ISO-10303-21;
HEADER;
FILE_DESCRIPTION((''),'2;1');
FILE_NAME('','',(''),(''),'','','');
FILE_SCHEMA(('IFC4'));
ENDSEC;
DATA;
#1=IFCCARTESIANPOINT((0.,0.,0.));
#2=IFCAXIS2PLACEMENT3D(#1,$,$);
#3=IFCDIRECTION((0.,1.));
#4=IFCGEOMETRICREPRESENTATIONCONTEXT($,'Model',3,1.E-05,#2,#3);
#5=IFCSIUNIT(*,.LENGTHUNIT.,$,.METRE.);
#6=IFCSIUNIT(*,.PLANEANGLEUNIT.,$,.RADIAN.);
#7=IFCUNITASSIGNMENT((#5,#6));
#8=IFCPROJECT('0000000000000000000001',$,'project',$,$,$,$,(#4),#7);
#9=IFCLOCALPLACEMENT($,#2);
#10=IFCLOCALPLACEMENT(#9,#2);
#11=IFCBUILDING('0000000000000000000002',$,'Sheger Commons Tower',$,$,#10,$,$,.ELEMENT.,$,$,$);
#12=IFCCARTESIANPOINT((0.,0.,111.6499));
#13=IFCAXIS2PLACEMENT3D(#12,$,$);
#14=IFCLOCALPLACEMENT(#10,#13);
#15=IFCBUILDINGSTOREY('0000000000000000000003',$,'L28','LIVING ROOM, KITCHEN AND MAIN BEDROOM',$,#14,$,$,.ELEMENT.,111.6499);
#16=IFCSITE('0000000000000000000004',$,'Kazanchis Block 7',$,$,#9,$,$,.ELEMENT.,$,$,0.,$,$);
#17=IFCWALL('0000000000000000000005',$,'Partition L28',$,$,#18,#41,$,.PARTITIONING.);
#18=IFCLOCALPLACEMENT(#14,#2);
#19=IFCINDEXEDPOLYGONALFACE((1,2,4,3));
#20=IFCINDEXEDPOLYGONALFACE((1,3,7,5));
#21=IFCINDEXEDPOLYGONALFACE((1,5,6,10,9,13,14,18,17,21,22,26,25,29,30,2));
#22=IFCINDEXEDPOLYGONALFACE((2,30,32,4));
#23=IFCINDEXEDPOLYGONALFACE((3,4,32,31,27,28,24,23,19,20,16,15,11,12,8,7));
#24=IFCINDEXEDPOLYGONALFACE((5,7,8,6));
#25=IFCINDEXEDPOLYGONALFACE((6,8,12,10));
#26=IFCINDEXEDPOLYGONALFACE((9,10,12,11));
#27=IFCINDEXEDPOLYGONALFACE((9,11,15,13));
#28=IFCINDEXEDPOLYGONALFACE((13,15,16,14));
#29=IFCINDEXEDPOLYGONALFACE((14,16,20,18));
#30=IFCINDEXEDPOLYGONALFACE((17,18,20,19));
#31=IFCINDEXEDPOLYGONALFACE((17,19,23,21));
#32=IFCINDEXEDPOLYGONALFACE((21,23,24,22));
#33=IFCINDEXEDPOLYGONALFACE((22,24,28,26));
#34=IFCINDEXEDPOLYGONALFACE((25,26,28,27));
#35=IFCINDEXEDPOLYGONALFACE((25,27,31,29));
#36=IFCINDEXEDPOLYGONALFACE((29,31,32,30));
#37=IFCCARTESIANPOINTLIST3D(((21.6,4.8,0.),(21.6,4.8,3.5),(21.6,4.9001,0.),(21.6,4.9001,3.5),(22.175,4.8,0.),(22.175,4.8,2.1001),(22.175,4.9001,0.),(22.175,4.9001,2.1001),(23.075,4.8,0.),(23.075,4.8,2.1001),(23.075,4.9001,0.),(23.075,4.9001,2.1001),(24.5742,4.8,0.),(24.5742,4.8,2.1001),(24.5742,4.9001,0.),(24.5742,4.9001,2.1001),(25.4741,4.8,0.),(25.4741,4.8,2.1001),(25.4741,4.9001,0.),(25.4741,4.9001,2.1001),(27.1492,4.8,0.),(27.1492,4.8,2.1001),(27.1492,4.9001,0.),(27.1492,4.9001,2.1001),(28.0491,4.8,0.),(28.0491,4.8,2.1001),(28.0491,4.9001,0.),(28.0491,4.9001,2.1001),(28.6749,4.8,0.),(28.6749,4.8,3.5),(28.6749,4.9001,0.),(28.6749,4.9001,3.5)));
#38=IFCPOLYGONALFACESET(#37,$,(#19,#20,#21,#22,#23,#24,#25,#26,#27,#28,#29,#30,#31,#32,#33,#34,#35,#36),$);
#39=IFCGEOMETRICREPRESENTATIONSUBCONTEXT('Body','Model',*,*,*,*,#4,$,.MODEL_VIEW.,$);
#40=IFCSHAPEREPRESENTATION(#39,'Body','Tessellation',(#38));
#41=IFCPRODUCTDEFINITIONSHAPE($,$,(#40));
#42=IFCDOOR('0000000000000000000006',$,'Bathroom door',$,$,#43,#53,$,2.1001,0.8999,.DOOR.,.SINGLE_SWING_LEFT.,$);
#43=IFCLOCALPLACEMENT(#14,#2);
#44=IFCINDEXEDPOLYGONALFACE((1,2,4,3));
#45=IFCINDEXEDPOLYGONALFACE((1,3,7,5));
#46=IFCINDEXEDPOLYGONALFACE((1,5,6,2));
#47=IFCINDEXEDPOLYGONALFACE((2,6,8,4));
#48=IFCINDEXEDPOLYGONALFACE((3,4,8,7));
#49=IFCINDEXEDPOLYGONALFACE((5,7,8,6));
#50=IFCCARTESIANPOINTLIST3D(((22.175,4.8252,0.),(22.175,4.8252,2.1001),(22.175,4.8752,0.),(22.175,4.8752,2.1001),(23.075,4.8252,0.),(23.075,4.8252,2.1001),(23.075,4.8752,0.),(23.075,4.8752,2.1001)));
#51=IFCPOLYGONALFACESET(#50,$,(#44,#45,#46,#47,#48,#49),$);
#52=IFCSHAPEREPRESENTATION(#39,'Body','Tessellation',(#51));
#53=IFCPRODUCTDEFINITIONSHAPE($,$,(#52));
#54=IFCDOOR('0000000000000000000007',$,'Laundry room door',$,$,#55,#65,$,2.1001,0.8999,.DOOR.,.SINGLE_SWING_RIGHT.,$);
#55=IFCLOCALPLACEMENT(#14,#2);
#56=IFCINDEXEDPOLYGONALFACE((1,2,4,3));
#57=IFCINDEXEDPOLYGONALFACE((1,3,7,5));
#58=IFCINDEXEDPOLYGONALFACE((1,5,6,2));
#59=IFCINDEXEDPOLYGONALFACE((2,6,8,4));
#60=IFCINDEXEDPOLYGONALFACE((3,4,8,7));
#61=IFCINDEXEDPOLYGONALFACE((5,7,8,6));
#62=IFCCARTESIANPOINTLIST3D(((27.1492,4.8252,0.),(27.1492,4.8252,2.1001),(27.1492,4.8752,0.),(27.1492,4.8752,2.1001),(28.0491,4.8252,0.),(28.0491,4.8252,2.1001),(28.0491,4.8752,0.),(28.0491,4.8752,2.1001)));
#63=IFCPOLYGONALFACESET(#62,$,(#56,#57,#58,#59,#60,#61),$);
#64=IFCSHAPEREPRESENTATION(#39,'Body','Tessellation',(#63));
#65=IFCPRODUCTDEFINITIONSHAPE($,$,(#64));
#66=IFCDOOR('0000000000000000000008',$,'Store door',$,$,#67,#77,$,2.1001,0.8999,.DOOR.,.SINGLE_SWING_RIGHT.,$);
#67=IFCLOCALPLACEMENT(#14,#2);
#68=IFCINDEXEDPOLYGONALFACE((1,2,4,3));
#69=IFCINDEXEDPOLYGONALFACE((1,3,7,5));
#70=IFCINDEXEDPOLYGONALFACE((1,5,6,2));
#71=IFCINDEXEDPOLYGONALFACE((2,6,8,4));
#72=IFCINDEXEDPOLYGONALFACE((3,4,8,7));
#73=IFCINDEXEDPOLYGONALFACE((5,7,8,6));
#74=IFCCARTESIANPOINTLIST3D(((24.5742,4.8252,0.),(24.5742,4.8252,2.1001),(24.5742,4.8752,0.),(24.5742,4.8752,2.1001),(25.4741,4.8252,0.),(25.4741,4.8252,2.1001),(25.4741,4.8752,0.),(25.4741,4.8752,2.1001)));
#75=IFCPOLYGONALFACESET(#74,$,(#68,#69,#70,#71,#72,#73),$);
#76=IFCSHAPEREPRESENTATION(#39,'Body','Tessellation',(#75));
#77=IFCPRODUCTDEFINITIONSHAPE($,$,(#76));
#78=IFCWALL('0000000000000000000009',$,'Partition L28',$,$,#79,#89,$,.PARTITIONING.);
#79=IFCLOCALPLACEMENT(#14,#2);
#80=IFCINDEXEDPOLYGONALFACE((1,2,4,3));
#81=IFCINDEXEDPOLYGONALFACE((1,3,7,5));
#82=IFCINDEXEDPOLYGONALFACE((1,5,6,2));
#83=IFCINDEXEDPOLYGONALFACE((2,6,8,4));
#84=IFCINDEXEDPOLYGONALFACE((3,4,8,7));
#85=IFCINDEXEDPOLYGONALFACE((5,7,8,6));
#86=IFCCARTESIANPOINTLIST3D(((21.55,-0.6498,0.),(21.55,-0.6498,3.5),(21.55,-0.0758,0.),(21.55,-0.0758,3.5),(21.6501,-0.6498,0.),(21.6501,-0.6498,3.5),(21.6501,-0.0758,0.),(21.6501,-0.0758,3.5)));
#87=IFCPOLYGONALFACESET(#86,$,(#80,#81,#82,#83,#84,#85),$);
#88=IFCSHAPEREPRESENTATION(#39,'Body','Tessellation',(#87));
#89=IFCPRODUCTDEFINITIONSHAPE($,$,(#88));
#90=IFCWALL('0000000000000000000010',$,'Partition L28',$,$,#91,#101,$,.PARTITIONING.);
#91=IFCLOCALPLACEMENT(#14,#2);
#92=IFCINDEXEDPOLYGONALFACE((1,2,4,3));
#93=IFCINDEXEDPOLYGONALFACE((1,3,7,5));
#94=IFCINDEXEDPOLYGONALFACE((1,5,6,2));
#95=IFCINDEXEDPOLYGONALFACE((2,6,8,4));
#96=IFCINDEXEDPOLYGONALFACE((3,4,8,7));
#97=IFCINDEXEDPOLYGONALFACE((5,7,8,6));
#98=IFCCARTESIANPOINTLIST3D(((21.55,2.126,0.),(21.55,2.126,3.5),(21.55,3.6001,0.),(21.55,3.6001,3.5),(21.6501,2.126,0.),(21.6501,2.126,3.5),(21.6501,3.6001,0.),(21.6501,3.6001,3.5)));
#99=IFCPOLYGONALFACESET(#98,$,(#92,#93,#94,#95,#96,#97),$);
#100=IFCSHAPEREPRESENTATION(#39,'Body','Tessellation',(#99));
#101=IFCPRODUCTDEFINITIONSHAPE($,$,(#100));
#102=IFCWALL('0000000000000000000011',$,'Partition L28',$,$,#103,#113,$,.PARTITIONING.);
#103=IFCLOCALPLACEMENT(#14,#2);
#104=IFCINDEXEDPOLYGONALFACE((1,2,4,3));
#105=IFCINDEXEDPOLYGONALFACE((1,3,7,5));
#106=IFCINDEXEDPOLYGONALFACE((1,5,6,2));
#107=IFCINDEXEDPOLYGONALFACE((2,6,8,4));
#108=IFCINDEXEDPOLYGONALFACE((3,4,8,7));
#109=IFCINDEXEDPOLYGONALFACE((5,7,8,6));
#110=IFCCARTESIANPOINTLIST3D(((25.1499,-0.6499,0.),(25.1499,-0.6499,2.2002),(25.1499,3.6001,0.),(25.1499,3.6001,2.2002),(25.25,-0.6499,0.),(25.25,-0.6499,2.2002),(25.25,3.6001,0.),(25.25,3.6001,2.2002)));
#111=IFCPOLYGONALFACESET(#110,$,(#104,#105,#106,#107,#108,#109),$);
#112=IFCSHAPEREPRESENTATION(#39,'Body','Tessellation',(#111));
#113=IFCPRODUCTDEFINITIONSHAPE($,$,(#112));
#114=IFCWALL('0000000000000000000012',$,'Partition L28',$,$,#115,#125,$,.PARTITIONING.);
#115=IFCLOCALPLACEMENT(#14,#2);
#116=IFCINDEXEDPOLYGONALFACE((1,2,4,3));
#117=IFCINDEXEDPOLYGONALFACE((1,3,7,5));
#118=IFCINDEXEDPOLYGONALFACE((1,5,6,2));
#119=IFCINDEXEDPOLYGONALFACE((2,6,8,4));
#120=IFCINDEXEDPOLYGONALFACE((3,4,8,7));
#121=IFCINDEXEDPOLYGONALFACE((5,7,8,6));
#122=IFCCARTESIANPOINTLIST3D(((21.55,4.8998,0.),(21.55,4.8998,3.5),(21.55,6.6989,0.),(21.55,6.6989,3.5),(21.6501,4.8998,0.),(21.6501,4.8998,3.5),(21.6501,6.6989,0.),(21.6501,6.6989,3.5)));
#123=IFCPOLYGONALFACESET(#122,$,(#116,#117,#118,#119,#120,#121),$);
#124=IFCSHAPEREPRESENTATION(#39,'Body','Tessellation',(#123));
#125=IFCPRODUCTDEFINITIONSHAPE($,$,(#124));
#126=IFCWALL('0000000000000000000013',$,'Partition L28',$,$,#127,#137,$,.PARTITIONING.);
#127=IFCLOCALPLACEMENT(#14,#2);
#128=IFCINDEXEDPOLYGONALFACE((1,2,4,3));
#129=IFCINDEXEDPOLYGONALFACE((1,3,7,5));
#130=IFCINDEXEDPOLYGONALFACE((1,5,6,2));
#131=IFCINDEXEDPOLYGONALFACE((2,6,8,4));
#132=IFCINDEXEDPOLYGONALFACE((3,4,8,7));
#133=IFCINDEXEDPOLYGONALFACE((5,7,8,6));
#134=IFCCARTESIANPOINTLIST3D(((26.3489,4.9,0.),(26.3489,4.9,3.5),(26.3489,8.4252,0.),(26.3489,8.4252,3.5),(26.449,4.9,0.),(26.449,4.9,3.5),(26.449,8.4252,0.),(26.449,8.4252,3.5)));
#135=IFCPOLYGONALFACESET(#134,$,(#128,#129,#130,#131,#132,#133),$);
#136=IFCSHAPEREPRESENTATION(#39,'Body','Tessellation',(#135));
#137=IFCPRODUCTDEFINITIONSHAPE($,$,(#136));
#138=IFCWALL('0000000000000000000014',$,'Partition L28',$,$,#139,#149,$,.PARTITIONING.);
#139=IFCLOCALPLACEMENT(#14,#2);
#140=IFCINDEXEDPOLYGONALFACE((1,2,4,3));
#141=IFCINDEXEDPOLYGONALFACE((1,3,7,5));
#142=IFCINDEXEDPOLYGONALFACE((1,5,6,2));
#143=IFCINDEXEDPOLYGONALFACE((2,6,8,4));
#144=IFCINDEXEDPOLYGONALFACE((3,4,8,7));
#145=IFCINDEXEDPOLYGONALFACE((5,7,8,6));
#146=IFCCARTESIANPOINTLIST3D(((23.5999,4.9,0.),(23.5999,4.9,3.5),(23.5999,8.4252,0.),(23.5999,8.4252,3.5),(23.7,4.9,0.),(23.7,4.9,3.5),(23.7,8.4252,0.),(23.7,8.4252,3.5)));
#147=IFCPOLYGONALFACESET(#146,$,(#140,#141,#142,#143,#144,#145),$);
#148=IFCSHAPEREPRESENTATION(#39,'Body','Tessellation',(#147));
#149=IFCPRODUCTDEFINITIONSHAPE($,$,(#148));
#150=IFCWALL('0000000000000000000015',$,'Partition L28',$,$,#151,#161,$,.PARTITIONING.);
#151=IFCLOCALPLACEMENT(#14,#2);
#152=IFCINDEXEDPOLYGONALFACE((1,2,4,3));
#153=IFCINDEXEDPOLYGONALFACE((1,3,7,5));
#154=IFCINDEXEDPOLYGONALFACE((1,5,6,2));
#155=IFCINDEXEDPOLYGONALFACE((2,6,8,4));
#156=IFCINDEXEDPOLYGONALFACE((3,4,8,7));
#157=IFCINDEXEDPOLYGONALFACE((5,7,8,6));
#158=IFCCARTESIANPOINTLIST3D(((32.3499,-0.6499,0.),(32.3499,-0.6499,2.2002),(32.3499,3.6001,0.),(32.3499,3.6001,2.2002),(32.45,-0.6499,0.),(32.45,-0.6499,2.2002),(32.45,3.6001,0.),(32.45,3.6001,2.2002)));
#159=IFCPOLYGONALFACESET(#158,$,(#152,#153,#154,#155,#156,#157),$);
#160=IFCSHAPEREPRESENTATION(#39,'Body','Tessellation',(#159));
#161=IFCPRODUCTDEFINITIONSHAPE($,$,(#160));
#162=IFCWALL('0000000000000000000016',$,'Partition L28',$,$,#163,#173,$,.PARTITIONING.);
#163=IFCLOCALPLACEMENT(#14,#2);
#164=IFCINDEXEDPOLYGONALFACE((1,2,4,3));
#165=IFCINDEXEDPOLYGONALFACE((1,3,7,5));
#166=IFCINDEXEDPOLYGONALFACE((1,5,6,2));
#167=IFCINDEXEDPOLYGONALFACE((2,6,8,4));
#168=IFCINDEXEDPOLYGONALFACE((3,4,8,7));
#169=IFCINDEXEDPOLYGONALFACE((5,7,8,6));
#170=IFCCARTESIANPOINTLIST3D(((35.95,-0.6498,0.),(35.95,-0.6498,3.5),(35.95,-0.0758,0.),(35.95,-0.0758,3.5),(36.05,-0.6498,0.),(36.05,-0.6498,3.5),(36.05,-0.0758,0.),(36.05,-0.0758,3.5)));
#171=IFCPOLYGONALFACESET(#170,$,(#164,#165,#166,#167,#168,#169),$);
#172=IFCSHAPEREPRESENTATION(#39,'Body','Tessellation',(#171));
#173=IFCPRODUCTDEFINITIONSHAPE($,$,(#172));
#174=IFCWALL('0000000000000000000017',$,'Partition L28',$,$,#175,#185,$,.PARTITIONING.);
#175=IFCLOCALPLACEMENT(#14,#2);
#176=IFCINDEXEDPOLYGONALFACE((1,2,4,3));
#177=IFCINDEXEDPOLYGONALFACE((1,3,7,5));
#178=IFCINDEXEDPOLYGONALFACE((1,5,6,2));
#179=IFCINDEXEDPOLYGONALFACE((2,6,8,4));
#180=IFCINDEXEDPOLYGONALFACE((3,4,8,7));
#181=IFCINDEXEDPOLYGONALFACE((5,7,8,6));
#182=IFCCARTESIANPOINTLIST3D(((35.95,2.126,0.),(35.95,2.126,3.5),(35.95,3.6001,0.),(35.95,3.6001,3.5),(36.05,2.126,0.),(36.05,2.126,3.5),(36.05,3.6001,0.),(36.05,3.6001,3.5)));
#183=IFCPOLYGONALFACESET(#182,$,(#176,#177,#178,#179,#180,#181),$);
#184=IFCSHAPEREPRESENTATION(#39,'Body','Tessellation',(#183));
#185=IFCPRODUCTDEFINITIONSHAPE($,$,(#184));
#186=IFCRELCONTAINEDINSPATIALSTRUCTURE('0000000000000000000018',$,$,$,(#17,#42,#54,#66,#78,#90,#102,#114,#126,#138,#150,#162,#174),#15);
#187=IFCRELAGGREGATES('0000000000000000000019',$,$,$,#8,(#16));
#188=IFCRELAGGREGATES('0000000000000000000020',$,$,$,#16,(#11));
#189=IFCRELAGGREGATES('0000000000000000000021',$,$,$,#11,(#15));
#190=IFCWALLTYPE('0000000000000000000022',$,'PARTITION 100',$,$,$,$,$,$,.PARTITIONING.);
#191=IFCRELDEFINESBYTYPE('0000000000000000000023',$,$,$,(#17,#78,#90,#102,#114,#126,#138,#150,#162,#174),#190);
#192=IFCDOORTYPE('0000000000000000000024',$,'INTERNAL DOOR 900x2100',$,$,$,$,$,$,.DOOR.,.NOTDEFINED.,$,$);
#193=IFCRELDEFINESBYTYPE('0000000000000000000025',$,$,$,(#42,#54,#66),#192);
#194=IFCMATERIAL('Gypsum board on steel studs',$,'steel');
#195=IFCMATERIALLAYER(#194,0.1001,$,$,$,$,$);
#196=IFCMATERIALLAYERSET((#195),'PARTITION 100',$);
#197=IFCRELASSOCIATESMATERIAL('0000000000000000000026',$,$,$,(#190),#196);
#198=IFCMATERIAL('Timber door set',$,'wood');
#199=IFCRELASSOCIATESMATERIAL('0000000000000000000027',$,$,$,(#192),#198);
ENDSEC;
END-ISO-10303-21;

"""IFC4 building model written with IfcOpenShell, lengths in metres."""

from ifc_helpers import new_model, si_unit, direction, frame, frame_2d, origin, place, context, subcontext, project, spatial, rectangle, extrude, material, layer, layer_set, type_object, element, fill, save


model = new_model("IFC4")

# Units and contexts
model_context = context("Model", 3, precision=1e-05, world=origin(), true_north=direction((0.0, 1.0)))
body_context = subcontext(model_context, "Body", "Model", "MODEL_VIEW")
ifc_project = project(units=[si_unit("LENGTHUNIT", "METRE"), si_unit("PLANEANGLEUNIT", "RADIAN")], contexts=[model_context])

# Site, building, storey
site_placement = place(None, origin())
site = spatial("IfcSite", under=ifc_project, at=site_placement, Name="Kazanchis Block 7", CompositionType="ELEMENT", RefElevation=0.0)
building_placement = place(site_placement, origin())
building = spatial("IfcBuilding", under=site, at=building_placement, Name="Sheger Commons Tower", CompositionType="ELEMENT")
storey_placement = place(building_placement, frame((0.0, 0.0, 111.6499)))
storey = spatial("IfcBuildingStorey", under=building, at=storey_placement, Name="L28", Description="LIVING ROOM, KITCHEN AND MAIN BEDROOM", CompositionType="ELEMENT", Elevation=111.6499)

# Wall, openings, doors
ifc_material_1 = material(Name="Gypsum board on steel studs", Category="steel")
ifc_layer_1 = layer(ifc_material_1, 0.1001)
ifc_layer_set_1 = layer_set([ifc_layer_1], Name="PARTITION 100")
wall_type_1 = type_object("IfcWallType", Name="PARTITION 100", PredefinedType="PARTITIONING", material=ifc_layer_set_1)
ifc_material_2 = material(Name="Timber door set", Category="wood")
door_type = type_object("IfcDoorType", Name="INTERNAL DOOR 900x2100", OperationType="NOTDEFINED", PredefinedType="DOOR", material=ifc_material_2)
wall_1_placement = place(storey_placement, frame((28.675, 4.8501, 0.0), z_axis=(0.0, 0.0, 1.0), x_axis=(-1.0, 0.0, 0.0)))
wall_1 = element("IfcWall", 1, at=wall_1_placement, inside=storey, type_object=wall_type_1, Name="Partition L28", PredefinedType="PARTITIONING", context=body_context, shape_type="SweptSolid", body=[
    extrude(rectangle(XDim=7.075, YDim=0.1001, at=frame_2d((3.5376, 0.0))), origin(), (0.0, 0.0, 1.0), 3.5),
])
opening_1_placement = place(wall_1_placement, frame((5.6001, 0.0, 0.0)))
opening_1 = element("IfcOpeningElement", 2, at=opening_1_placement, cuts=wall_1, PredefinedType="OPENING", context=body_context, shape_type="SweptSolid", body=[
    extrude(rectangle(XDim=0.8999, YDim=2.1001, at=frame_2d((0.45, 1.05))), frame((0.0, 0.0601, 0.0), z_axis=(0.0, -1.0, 0.0), x_axis=(1.0, 0.0, 0.0)), (0.0, 0.0, 1.0), 0.1201),
])
opening_2_placement = place(wall_1_placement, frame((0.626, 0.0, 0.0)))
opening_2 = element("IfcOpeningElement", 3, at=opening_2_placement, cuts=wall_1, PredefinedType="OPENING", context=body_context, shape_type="SweptSolid", body=[
    extrude(rectangle(XDim=0.8999, YDim=2.1001, at=frame_2d((0.45, 1.05))), frame((0.0, 0.0601, 0.0), z_axis=(0.0, -1.0, 0.0), x_axis=(1.0, 0.0, 0.0)), (0.0, 0.0, 1.0), 0.1201),
])
opening_3_placement = place(wall_1_placement, frame((3.2009, 0.0, 0.0)))
opening_3 = element("IfcOpeningElement", 4, at=opening_3_placement, cuts=wall_1, PredefinedType="OPENING", context=body_context, shape_type="SweptSolid", body=[
    extrude(rectangle(XDim=0.8999, YDim=2.1001, at=frame_2d((0.45, 1.05))), frame((0.0, 0.0601, 0.0), z_axis=(0.0, -1.0, 0.0), x_axis=(1.0, 0.0, 0.0)), (0.0, 0.0, 1.0), 0.1201),
])
door_1_placement = place(opening_1_placement, origin())
door_1 = element("IfcDoor", 5, at=door_1_placement, inside=storey, type_object=door_type, Name="Bathroom door", OperationType="SINGLE_SWING_LEFT", OverallHeight=2.1001, OverallWidth=0.8999, PredefinedType="DOOR", context=body_context, shape_type="SweptSolid", body=[
    extrude(rectangle(XDim=0.8999, YDim=2.1001, at=frame_2d((0.45, 1.05))), frame((0.0, 0.0249, 0.0), z_axis=(0.0, -1.0, 0.0), x_axis=(1.0, 0.0, 0.0)), (0.0, 0.0, 1.0), 0.05),
])
fill(opening_1, door_1)
door_2_placement = place(opening_2_placement, origin())
door_2 = element("IfcDoor", 6, at=door_2_placement, inside=storey, type_object=door_type, Name="Laundry room door", OperationType="SINGLE_SWING_RIGHT", OverallHeight=2.1001, OverallWidth=0.8999, PredefinedType="DOOR", context=body_context, shape_type="SweptSolid", body=[
    extrude(rectangle(XDim=0.8999, YDim=2.1001, at=frame_2d((0.45, 1.05))), frame((0.0, 0.0249, 0.0), z_axis=(0.0, -1.0, 0.0), x_axis=(1.0, 0.0, 0.0)), (0.0, 0.0, 1.0), 0.05),
])
fill(opening_2, door_2)
door_3_placement = place(opening_3_placement, origin())
door_3 = element("IfcDoor", 7, at=door_3_placement, inside=storey, type_object=door_type, Name="Store door", OperationType="SINGLE_SWING_RIGHT", OverallHeight=2.1001, OverallWidth=0.8999, PredefinedType="DOOR", context=body_context, shape_type="SweptSolid", body=[
    extrude(rectangle(XDim=0.8999, YDim=2.1001, at=frame_2d((0.45, 1.05))), frame((0.0, 0.0249, 0.0), z_axis=(0.0, -1.0, 0.0), x_axis=(1.0, 0.0, 0.0)), (0.0, 0.0, 1.0), 0.05),
])
fill(opening_3, door_3)

# Walls
wall_2_placement = place(storey_placement, frame((21.6001, -0.6499, 0.0), z_axis=(0.0, 0.0, 1.0), x_axis=(0.0, 1.0, 0.0)))
element("IfcWall", 8, at=wall_2_placement, inside=storey, type_object=wall_type_1, Name="Partition L28", PredefinedType="PARTITIONING", context=body_context, shape_type="SweptSolid", body=[
    extrude(rectangle(XDim=0.574, YDim=0.1001, at=frame_2d((0.2871, 0.0))), origin(), (0.0, 0.0, 1.0), 3.5),
])
wall_3_placement = place(storey_placement, frame((21.6001, 2.126, 0.0), z_axis=(0.0, 0.0, 1.0), x_axis=(0.0, 1.0, 0.0)))
element("IfcWall", 9, at=wall_3_placement, inside=storey, type_object=wall_type_1, Name="Partition L28", PredefinedType="PARTITIONING", context=body_context, shape_type="SweptSolid", body=[
    extrude(rectangle(XDim=1.4741, YDim=0.1001, at=frame_2d((0.7371, 0.0))), origin(), (0.0, 0.0, 1.0), 3.5),
])
wall_4_placement = place(storey_placement, frame((25.2, -0.6499, 0.0), z_axis=(0.0, 0.0, 1.0), x_axis=(0.0, 1.0, 0.0)))
element("IfcWall", 10, at=wall_4_placement, inside=storey, type_object=wall_type_1, Name="Partition L28", PredefinedType="PARTITIONING", context=body_context, shape_type="SweptSolid", body=[
    extrude(rectangle(XDim=4.25, YDim=0.1001, at=frame_2d((2.125, 0.0))), origin(), (0.0, 0.0, 1.0), 2.2002),
])
wall_5_placement = place(storey_placement, frame((21.6001, 4.8999, 0.0), z_axis=(0.0, 0.0, 1.0), x_axis=(0.0, 1.0, 0.0)))
element("IfcWall", 11, at=wall_5_placement, inside=storey, type_object=wall_type_1, Name="Partition L28", PredefinedType="PARTITIONING", context=body_context, shape_type="SweptSolid", body=[
    extrude(rectangle(XDim=1.7991, YDim=0.1001, at=frame_2d((0.8994, 0.0))), origin(), (0.0, 0.0, 1.0), 3.5),
])
for number, where, z_axis, x_axis, name in (
    (12, (26.3989, 4.8999, 0.0), (0.0, 0.0, 1.0), (0.0, 1.0, 0.0), "Partition L28"),
    (13, (23.6499, 4.8999, 0.0), (0.0, 0.0, 1.0), (0.0, 1.0, 0.0), "Partition L28"),
):
    element("IfcWall", number, at=place(storey_placement, frame(where, z_axis=z_axis, x_axis=x_axis)), inside=storey, type_object=wall_type_1, Name=name, PredefinedType="PARTITIONING", context=body_context, shape_type="SweptSolid", body=[
        extrude(rectangle(XDim=3.5251, YDim=0.1001, at=frame_2d((1.7627, 0.0))), origin(), (0.0, 0.0, 1.0), 3.5),
    ])
wall_6_placement = place(storey_placement, frame((32.3999, -0.6499, 0.0), z_axis=(0.0, 0.0, 1.0), x_axis=(0.0, 1.0, 0.0)))
element("IfcWall", 14, at=wall_6_placement, inside=storey, type_object=wall_type_1, Name="Partition L28", PredefinedType="PARTITIONING", context=body_context, shape_type="SweptSolid", body=[
    extrude(rectangle(XDim=4.25, YDim=0.1001, at=frame_2d((2.125, 0.0))), origin(), (0.0, 0.0, 1.0), 2.2002),
])
wall_7_placement = place(storey_placement, frame((36.0, -0.6499, 0.0), z_axis=(0.0, 0.0, 1.0), x_axis=(0.0, 1.0, 0.0)))
element("IfcWall", 15, at=wall_7_placement, inside=storey, type_object=wall_type_1, Name="Partition L28", PredefinedType="PARTITIONING", context=body_context, shape_type="SweptSolid", body=[
    extrude(rectangle(XDim=0.574, YDim=0.1001, at=frame_2d((0.2871, 0.0))), origin(), (0.0, 0.0, 1.0), 3.5),
])
wall_8_placement = place(storey_placement, frame((36.0, 2.126, 0.0), z_axis=(0.0, 0.0, 1.0), x_axis=(0.0, 1.0, 0.0)))
element("IfcWall", 16, at=wall_8_placement, inside=storey, type_object=wall_type_1, Name="Partition L28", PredefinedType="PARTITIONING", context=body_context, shape_type="SweptSolid", body=[
    extrude(rectangle(XDim=1.4741, YDim=0.1001, at=frame_2d((0.7371, 0.0))), origin(), (0.0, 0.0, 1.0), 3.5),
])

save(model, "model.ifc")
